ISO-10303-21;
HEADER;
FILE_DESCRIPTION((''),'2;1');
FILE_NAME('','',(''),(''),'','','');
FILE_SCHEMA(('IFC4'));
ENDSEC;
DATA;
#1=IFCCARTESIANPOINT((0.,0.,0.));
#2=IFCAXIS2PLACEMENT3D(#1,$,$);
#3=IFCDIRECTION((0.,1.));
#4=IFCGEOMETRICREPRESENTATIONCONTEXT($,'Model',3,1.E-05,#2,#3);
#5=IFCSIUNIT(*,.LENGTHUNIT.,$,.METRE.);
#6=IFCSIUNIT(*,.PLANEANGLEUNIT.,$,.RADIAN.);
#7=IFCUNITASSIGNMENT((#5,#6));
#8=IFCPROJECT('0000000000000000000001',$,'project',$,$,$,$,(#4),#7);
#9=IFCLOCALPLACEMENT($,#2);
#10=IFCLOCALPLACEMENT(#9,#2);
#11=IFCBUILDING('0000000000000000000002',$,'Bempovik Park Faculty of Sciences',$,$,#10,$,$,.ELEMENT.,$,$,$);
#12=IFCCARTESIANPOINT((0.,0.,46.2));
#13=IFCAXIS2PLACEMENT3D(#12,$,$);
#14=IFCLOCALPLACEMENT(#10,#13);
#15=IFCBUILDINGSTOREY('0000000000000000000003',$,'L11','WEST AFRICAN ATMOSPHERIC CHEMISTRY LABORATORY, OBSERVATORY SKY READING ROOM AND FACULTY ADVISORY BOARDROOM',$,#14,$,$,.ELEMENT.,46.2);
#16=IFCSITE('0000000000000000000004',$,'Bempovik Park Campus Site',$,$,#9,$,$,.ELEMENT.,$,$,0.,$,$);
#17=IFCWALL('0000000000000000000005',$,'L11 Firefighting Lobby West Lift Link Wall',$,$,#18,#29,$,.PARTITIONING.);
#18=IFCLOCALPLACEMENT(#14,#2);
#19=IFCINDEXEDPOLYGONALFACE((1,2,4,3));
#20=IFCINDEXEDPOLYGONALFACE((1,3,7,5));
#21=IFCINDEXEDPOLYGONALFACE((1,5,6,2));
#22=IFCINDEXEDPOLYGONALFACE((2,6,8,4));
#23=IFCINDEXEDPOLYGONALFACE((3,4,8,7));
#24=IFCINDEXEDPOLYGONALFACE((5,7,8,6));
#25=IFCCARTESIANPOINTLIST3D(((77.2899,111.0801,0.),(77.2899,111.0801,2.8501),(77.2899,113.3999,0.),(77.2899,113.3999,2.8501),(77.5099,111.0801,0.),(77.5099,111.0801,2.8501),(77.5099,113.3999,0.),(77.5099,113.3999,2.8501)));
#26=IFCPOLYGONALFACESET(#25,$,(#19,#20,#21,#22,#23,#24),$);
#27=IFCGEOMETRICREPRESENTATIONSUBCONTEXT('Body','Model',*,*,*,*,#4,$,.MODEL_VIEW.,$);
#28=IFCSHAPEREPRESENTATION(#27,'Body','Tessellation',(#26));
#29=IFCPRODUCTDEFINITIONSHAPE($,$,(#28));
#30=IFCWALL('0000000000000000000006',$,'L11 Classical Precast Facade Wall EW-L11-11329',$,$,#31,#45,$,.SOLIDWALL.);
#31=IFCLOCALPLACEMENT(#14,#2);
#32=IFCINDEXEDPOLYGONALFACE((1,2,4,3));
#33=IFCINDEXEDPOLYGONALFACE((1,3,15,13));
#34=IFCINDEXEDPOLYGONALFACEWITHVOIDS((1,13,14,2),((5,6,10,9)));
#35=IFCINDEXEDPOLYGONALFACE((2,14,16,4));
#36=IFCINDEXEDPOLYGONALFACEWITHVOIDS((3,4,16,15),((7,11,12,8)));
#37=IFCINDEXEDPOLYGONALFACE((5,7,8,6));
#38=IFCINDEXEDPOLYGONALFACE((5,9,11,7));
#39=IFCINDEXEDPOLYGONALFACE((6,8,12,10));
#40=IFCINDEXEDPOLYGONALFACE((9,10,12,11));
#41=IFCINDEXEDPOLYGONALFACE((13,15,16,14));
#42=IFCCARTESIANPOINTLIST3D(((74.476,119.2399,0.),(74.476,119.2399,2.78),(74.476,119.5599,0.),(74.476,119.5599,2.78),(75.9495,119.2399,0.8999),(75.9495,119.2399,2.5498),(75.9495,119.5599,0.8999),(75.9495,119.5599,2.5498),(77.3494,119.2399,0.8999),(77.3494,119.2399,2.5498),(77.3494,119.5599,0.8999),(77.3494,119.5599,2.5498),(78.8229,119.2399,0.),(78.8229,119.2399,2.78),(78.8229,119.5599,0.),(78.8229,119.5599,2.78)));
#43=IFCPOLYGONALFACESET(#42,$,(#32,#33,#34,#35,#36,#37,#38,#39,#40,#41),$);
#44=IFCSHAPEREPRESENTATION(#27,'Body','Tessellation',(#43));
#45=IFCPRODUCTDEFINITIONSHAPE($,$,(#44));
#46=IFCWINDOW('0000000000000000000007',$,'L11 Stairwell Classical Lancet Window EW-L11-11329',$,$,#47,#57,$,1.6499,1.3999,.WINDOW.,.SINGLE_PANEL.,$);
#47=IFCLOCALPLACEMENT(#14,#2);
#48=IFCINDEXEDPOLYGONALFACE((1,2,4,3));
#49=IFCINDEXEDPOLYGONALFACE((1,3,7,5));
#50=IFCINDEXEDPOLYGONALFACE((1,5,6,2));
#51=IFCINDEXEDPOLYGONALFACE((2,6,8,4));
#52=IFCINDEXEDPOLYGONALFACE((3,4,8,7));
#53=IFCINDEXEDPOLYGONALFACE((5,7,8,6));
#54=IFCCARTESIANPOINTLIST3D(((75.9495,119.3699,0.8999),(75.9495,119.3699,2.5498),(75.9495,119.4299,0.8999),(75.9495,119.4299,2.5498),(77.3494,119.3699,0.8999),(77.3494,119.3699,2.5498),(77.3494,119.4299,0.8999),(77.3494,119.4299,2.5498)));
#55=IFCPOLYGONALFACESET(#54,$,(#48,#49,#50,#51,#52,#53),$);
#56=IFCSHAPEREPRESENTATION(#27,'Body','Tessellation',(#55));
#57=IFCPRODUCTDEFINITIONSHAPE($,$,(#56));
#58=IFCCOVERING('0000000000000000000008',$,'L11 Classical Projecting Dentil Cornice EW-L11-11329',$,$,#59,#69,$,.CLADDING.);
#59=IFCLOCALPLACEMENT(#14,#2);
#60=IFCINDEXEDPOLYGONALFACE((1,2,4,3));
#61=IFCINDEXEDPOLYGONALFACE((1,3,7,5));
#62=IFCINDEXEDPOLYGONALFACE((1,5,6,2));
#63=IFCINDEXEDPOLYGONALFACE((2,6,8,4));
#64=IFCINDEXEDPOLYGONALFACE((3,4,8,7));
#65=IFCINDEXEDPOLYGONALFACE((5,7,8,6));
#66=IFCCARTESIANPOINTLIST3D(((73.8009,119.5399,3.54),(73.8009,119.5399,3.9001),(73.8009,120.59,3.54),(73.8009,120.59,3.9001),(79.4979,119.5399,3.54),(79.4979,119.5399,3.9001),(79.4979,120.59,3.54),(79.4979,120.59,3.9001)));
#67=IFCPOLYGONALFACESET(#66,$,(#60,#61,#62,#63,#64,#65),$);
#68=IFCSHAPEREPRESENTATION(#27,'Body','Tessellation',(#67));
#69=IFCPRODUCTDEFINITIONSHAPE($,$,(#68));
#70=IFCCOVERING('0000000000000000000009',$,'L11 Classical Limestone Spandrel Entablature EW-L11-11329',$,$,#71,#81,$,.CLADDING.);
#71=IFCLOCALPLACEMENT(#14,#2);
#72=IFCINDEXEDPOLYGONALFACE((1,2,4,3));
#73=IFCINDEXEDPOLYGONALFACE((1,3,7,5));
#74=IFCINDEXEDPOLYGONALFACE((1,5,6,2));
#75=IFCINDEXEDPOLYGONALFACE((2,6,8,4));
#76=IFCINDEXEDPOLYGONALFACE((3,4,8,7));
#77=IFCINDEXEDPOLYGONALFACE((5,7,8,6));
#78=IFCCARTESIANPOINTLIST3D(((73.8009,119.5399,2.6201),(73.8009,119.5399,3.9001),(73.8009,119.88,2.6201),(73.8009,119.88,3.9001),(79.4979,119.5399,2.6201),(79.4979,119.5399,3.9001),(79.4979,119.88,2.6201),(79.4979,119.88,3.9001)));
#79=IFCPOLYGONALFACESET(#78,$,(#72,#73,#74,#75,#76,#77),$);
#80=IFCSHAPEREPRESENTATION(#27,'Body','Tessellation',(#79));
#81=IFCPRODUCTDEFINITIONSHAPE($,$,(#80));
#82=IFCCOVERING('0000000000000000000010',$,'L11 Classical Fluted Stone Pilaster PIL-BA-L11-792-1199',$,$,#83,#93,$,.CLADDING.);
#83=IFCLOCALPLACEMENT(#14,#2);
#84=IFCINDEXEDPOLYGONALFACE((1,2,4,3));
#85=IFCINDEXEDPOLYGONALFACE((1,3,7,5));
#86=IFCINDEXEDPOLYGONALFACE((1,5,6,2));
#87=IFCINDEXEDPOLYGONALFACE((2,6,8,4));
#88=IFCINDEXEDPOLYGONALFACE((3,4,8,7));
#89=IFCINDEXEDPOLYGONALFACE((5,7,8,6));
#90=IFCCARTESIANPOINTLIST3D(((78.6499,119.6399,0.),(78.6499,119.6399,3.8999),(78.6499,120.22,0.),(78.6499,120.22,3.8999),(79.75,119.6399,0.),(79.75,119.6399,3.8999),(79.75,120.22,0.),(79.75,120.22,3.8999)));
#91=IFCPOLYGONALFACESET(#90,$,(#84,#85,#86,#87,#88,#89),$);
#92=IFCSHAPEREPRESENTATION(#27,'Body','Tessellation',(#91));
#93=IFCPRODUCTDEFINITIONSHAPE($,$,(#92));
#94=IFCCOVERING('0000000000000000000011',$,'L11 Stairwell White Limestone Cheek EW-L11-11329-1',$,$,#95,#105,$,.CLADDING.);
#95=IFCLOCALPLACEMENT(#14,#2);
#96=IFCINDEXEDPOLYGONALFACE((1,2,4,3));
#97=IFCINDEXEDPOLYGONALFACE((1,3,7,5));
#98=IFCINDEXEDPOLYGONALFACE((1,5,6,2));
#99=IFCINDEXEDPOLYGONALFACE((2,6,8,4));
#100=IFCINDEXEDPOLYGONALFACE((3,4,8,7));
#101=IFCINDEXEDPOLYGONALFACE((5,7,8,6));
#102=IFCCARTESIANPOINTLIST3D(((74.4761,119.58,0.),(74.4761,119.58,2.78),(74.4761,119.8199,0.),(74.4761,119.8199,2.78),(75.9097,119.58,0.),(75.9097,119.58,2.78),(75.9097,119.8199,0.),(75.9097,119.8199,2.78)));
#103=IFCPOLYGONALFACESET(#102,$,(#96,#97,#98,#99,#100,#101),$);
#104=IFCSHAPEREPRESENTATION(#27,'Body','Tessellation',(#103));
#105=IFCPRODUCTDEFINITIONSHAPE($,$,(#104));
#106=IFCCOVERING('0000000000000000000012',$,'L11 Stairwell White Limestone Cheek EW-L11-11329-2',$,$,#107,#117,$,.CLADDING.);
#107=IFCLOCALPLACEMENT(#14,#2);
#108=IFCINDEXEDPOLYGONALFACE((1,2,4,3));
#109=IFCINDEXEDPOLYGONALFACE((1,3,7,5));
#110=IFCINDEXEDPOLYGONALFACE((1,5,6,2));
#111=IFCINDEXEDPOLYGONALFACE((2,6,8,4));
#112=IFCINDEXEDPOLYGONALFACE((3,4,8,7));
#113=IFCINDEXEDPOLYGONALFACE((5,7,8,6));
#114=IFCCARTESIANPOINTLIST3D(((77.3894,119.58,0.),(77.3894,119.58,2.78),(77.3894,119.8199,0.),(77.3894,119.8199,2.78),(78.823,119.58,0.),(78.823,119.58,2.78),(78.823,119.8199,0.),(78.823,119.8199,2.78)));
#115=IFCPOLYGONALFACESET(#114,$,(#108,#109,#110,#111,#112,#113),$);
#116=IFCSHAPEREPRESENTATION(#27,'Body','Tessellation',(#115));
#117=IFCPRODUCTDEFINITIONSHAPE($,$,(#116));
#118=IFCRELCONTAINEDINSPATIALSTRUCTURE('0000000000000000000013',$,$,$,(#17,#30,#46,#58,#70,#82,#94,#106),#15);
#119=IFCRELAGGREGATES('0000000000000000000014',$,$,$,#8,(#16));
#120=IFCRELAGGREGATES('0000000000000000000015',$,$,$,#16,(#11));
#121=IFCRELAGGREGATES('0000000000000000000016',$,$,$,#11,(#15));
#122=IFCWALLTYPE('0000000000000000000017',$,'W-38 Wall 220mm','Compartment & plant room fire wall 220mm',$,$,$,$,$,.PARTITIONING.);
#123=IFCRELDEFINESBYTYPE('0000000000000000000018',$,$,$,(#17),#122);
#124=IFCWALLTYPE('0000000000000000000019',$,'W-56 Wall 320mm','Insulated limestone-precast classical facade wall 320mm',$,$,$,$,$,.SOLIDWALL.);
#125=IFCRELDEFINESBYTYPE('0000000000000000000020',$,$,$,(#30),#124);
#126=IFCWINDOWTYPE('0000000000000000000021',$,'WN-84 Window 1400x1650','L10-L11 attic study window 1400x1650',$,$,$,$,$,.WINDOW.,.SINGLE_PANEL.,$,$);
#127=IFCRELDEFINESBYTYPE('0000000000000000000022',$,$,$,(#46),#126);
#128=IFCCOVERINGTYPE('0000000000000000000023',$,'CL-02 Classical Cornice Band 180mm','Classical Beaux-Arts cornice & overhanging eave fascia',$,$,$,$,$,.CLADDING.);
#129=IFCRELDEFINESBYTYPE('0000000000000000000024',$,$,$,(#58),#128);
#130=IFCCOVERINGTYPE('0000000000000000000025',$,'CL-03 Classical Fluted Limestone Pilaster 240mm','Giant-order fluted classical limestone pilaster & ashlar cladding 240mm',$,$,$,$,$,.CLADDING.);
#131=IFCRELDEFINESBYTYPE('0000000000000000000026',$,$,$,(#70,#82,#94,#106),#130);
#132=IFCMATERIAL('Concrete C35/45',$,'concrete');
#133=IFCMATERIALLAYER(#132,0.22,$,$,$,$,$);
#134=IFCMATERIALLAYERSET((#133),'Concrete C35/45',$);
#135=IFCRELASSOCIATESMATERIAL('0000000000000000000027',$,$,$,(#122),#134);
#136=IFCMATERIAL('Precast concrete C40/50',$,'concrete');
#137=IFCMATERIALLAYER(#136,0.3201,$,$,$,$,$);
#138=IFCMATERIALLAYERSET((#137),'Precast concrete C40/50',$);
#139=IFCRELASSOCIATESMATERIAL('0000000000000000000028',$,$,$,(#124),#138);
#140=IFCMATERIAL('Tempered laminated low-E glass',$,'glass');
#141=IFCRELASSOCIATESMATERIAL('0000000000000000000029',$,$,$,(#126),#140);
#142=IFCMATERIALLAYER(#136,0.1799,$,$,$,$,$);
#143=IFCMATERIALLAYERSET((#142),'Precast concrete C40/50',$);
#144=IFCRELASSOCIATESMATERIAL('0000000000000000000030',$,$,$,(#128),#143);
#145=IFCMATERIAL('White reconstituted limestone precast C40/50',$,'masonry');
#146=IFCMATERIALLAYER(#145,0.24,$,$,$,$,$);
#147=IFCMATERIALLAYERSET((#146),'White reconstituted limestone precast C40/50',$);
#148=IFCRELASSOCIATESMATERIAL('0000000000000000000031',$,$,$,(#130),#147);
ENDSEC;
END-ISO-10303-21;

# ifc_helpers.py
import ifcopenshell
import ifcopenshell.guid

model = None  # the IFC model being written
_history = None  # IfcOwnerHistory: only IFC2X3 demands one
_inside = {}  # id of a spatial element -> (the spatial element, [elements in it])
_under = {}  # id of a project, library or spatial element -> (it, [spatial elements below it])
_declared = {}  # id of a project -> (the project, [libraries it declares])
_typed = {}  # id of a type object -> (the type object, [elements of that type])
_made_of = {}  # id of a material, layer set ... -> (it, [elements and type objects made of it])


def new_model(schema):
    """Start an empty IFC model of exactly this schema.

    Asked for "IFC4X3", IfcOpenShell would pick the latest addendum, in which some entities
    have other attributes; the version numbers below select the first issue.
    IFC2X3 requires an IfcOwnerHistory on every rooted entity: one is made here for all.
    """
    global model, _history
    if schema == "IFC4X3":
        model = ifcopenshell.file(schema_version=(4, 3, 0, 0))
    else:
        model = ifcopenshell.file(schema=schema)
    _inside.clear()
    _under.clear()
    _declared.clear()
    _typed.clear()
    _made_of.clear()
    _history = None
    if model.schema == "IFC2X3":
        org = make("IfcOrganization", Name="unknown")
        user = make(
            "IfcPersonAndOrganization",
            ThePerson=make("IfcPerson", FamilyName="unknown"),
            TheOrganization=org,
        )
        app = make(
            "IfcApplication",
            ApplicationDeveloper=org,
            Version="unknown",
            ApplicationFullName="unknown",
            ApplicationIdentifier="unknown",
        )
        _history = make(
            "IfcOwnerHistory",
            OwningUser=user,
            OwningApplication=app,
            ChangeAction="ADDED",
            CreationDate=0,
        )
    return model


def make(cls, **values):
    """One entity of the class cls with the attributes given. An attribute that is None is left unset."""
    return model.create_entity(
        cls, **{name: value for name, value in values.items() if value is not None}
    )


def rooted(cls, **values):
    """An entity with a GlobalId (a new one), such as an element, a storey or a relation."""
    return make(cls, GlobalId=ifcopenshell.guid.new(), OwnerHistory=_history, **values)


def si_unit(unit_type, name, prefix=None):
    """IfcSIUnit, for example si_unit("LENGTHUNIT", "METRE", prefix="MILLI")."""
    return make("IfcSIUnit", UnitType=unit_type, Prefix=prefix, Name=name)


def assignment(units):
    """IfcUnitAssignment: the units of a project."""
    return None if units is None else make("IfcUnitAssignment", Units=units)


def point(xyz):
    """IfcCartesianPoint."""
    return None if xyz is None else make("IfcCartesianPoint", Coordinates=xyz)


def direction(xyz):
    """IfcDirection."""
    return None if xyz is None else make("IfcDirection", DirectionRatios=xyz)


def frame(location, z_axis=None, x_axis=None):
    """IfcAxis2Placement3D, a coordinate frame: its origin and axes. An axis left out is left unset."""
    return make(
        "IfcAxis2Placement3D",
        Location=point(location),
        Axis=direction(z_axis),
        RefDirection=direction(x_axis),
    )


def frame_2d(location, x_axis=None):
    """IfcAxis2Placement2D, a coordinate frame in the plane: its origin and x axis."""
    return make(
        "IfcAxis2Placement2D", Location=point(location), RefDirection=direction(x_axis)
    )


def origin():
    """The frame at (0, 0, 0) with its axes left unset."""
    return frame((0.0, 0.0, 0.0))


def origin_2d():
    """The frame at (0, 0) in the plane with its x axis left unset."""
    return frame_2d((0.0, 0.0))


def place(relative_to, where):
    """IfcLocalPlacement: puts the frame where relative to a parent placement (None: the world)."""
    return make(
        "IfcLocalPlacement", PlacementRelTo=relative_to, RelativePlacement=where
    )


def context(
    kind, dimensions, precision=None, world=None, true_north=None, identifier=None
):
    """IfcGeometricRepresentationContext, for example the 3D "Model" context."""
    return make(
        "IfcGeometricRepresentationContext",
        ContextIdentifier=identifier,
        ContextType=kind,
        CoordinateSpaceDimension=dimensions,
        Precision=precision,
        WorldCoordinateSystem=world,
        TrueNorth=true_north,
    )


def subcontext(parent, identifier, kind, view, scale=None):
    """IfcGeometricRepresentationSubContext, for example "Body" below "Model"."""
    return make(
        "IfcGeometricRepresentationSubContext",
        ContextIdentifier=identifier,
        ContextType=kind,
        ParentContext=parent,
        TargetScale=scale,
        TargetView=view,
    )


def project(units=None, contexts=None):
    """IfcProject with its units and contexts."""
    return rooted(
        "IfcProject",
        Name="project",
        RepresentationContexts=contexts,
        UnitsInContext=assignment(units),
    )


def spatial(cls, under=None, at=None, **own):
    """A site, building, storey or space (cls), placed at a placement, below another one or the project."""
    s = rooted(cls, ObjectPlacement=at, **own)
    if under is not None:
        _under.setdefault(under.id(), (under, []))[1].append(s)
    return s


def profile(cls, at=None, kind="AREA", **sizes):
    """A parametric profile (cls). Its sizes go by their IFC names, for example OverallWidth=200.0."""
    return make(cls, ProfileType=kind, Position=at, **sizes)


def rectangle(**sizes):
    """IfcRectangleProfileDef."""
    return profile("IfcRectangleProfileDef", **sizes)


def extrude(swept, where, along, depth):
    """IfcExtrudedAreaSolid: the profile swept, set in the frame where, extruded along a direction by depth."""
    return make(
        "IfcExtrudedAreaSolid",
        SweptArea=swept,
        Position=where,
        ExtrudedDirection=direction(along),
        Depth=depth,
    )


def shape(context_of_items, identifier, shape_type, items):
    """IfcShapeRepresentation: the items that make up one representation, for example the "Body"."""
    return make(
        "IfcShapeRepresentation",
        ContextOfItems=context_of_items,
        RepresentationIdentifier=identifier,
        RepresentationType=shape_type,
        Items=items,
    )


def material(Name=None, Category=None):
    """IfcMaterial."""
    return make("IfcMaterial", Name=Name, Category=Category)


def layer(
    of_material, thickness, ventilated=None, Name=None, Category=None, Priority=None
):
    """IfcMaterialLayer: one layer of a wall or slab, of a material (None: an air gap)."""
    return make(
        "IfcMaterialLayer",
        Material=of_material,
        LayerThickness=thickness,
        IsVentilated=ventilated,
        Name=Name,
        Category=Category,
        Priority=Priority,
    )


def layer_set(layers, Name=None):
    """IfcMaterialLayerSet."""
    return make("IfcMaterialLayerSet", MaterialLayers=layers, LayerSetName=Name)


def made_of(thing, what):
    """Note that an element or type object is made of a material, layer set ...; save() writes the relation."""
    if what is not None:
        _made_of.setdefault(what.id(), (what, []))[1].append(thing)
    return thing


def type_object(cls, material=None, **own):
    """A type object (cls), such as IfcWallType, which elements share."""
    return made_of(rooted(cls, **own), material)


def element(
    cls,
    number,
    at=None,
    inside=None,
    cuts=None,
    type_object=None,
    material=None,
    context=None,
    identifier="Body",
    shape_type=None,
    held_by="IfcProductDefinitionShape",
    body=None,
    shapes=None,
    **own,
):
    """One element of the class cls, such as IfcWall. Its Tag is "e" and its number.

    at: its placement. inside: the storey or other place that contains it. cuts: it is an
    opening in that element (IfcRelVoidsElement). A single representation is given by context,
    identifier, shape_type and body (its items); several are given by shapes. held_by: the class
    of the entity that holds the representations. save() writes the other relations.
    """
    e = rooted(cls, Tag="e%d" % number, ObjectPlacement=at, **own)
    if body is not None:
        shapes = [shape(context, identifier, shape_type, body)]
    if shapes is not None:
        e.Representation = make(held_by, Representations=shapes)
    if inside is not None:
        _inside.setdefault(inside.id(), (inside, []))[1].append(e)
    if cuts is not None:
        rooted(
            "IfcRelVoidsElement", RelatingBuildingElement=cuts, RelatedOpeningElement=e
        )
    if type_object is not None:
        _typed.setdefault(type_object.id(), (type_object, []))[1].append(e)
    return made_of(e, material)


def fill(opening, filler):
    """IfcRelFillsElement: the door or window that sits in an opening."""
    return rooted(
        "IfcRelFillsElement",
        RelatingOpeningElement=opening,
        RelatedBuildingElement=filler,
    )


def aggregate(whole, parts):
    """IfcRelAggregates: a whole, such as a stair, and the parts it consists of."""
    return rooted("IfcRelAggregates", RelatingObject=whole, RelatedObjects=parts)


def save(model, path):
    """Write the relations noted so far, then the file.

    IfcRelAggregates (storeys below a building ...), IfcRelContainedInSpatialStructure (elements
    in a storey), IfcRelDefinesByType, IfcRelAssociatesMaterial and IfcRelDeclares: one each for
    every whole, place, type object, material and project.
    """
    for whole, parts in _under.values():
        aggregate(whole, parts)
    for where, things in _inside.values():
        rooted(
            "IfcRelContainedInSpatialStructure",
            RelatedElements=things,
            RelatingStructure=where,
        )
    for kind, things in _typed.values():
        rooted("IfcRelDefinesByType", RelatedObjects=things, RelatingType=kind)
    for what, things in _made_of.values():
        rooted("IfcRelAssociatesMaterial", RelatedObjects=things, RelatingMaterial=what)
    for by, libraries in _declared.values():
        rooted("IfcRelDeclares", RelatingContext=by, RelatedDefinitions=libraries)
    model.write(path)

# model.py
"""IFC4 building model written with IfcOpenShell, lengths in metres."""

from ifc_helpers import new_model, si_unit, direction, frame, frame_2d, origin, origin_2d, place, context, subcontext, project, spatial, rectangle, extrude, material, layer, layer_set, type_object, element, fill, save


model = new_model("IFC4")

# Units and contexts
model_context = context("Model", 3, precision=1e-05, world=origin(), true_north=direction((0.0, 1.0)))
body_context = subcontext(model_context, "Body", "Model", "MODEL_VIEW")
ifc_project = project(units=[si_unit("LENGTHUNIT", "METRE"), si_unit("PLANEANGLEUNIT", "RADIAN")], contexts=[model_context])

# Site, building, storey
site_placement = place(None, origin())
site = spatial("IfcSite", under=ifc_project, at=site_placement, Name="Bempovik Park Campus Site", CompositionType="ELEMENT", RefElevation=0.0)
building_placement = place(site_placement, origin())
building = spatial("IfcBuilding", under=site, at=building_placement, Name="Bempovik Park Faculty of Sciences", CompositionType="ELEMENT")
storey_placement = place(building_placement, frame((0.0, 0.0, 46.2)))
storey = spatial("IfcBuildingStorey", under=building, at=storey_placement, Name="L11", Description="WEST AFRICAN ATMOSPHERIC CHEMISTRY LABORATORY, OBSERVATORY SKY READING ROOM AND FACULTY ADVISORY BOARDROOM", CompositionType="ELEMENT", Elevation=46.2)

# Shared definitions
ifc_material_1 = material(Name="Concrete C35/45", Category="concrete")

# Wall
ifc_layer_1 = layer(ifc_material_1, 0.22)
ifc_layer_set_1 = layer_set([ifc_layer_1], Name="Concrete C35/45")
wall_type_1 = type_object("IfcWallType", Name="W-38 Wall 220mm", Description="Compartment & plant room fire wall 220mm", PredefinedType="PARTITIONING", material=ifc_layer_set_1)
wall_1_placement = place(storey_placement, frame((77.3999, 111.0801, 0.0), z_axis=(0.0, 0.0, 1.0), x_axis=(0.0, 1.0, 0.0)))
element("IfcWall", 1, at=wall_1_placement, inside=storey, type_object=wall_type_1, Name="L11 Firefighting Lobby West Lift Link Wall", PredefinedType="PARTITIONING", context=body_context, shape_type="SweptSolid", body=[
    extrude(rectangle(XDim=2.3198, YDim=0.22, at=frame_2d((1.1599, 0.0))), origin(), (0.0, 0.0, 1.0), 2.8501),
])

# Wall, opening, window
ifc_material_2 = material(Name="Precast concrete C40/50", Category="concrete")
ifc_layer_2 = layer(ifc_material_2, 0.3201)
ifc_layer_set_2 = layer_set([ifc_layer_2], Name="Precast concrete C40/50")
wall_type_2 = type_object("IfcWallType", Name="W-56 Wall 320mm", Description="Insulated limestone-precast classical facade wall 320mm", PredefinedType="SOLIDWALL", material=ifc_layer_set_2)
wall_2_placement = place(storey_placement, frame((74.4761, 119.3999, 0.0), z_axis=(0.0, 0.0, 1.0), x_axis=(1.0, 0.0, 0.0)))
wall_2 = element("IfcWall", 2, at=wall_2_placement, inside=storey, type_object=wall_type_2, Name="L11 Classical Precast Facade Wall EW-L11-11329", PredefinedType="SOLIDWALL", context=body_context, shape_type="SweptSolid", body=[
    extrude(rectangle(XDim=4.3469, YDim=0.3201, at=frame_2d((2.1733, 0.0))), origin(), (0.0, 0.0, 1.0), 2.78),
])
opening_1_placement = place(wall_2_placement, frame((1.4734, 0.0, 0.8999)))
opening_1 = element("IfcOpeningElement", 3, at=opening_1_placement, cuts=wall_2, PredefinedType="OPENING", context=body_context, shape_type="SweptSolid", body=[
    extrude(rectangle(XDim=1.3999, YDim=1.6499, at=frame_2d((0.7, 0.825))), frame((0.0, 0.1699, 0.0), z_axis=(0.0, -1.0, 0.0), x_axis=(1.0, 0.0, 0.0)), (0.0, 0.0, 1.0), 0.3401),
])
ifc_material_3 = material(Name="Tempered laminated low-E glass", Category="glass")
window_type = type_object("IfcWindowType", Name="WN-84 Window 1400x1650", Description="L10-L11 attic study window 1400x1650", PartitioningType="SINGLE_PANEL", PredefinedType="WINDOW", material=ifc_material_3)
window_placement = place(opening_1_placement, origin())
window = element("IfcWindow", 4, at=window_placement, inside=storey, type_object=window_type, Name="L11 Stairwell Classical Lancet Window EW-L11-11329", OverallHeight=1.6499, OverallWidth=1.3999, PartitioningType="SINGLE_PANEL", PredefinedType="WINDOW", context=body_context, shape_type="SweptSolid", body=[
    extrude(rectangle(XDim=1.3999, YDim=1.6499, at=frame_2d((0.7, 0.825))), frame((0.0, 0.03, 0.0), z_axis=(0.0, -1.0, 0.0), x_axis=(1.0, 0.0, 0.0)), (0.0, 0.0, 1.0), 0.0601),
])
fill(opening_1, window)

# Coverings
ifc_layer_3 = layer(ifc_material_2, 0.1799)
ifc_layer_set_3 = layer_set([ifc_layer_3], Name="Precast concrete C40/50")
covering_type_1 = type_object("IfcCoveringType", Name="CL-02 Classical Cornice Band 180mm", Description="Classical Beaux-Arts cornice & overhanging eave fascia", PredefinedType="CLADDING", material=ifc_layer_set_3)
covering_1_placement = place(storey_placement, frame((76.6494, 120.0649, 3.54), z_axis=(0.0, 0.0, 1.0), x_axis=(1.0, 0.0, 0.0)))
element("IfcCovering", 5, at=covering_1_placement, inside=storey, type_object=covering_type_1, Name="L11 Classical Projecting Dentil Cornice EW-L11-11329", PredefinedType="CLADDING", context=body_context, shape_type="SweptSolid", body=[
    extrude(rectangle(XDim=5.697, YDim=1.05, at=origin_2d()), origin(), (0.0, 0.0, 1.0), 0.3601),
])
ifc_material_4 = material(Name="White reconstituted limestone precast C40/50", Category="masonry")
ifc_layer_4 = layer(ifc_material_4, 0.24)
ifc_layer_set_4 = layer_set([ifc_layer_4], Name="White reconstituted limestone precast C40/50")
covering_type_2 = type_object("IfcCoveringType", Name="CL-03 Classical Fluted Limestone Pilaster 240mm", Description="Giant-order fluted classical limestone pilaster & ashlar cladding 240mm", PredefinedType="CLADDING", material=ifc_layer_set_4)
covering_2_placement = place(storey_placement, frame((76.6494, 119.71, 2.6201), z_axis=(0.0, 0.0, 1.0), x_axis=(1.0, 0.0, 0.0)))
element("IfcCovering", 6, at=covering_2_placement, inside=storey, type_object=covering_type_2, Name="L11 Classical Limestone Spandrel Entablature EW-L11-11329", PredefinedType="CLADDING", context=body_context, shape_type="SweptSolid", body=[
    extrude(rectangle(XDim=5.697, YDim=0.3401, at=origin_2d()), origin(), (0.0, 0.0, 1.0), 1.28),
])
covering_3_placement = place(storey_placement, frame((79.2, 119.9299, 0.0), z_axis=(0.0, 0.0, 1.0), x_axis=(1.0, 0.0, 0.0)))
element("IfcCovering", 7, at=covering_3_placement, inside=storey, type_object=covering_type_2, Name="L11 Classical Fluted Stone Pilaster PIL-BA-L11-792-1199", PredefinedType="CLADDING", context=body_context, shape_type="SweptSolid", body=[
    extrude(rectangle(XDim=1.1001, YDim=0.5801, at=origin_2d()), origin(), (0.0, 0.0, 1.0), 3.8999),
])
for number, where, z_axis, x_axis, name in (
    (8, (75.1929, 119.7, 0.0), (0.0, 0.0, 1.0), (1.0, 0.0, 0.0), "L11 Stairwell White Limestone Cheek EW-L11-11329-1"),
    (9, (78.1062, 119.7, 0.0), (0.0, 0.0, 1.0), (1.0, 0.0, 0.0), "L11 Stairwell White Limestone Cheek EW-L11-11329-2"),
):
    element("IfcCovering", number, at=place(storey_placement, frame(where, z_axis=z_axis, x_axis=x_axis)), inside=storey, type_object=covering_type_2, Name=name, PredefinedType="CLADDING", context=body_context, shape_type="SweptSolid", body=[
        extrude(rectangle(XDim=1.4336, YDim=0.24, at=origin_2d()), origin(), (0.0, 0.0, 1.0), 2.78),
    ])

save(model, "model.ifc")
